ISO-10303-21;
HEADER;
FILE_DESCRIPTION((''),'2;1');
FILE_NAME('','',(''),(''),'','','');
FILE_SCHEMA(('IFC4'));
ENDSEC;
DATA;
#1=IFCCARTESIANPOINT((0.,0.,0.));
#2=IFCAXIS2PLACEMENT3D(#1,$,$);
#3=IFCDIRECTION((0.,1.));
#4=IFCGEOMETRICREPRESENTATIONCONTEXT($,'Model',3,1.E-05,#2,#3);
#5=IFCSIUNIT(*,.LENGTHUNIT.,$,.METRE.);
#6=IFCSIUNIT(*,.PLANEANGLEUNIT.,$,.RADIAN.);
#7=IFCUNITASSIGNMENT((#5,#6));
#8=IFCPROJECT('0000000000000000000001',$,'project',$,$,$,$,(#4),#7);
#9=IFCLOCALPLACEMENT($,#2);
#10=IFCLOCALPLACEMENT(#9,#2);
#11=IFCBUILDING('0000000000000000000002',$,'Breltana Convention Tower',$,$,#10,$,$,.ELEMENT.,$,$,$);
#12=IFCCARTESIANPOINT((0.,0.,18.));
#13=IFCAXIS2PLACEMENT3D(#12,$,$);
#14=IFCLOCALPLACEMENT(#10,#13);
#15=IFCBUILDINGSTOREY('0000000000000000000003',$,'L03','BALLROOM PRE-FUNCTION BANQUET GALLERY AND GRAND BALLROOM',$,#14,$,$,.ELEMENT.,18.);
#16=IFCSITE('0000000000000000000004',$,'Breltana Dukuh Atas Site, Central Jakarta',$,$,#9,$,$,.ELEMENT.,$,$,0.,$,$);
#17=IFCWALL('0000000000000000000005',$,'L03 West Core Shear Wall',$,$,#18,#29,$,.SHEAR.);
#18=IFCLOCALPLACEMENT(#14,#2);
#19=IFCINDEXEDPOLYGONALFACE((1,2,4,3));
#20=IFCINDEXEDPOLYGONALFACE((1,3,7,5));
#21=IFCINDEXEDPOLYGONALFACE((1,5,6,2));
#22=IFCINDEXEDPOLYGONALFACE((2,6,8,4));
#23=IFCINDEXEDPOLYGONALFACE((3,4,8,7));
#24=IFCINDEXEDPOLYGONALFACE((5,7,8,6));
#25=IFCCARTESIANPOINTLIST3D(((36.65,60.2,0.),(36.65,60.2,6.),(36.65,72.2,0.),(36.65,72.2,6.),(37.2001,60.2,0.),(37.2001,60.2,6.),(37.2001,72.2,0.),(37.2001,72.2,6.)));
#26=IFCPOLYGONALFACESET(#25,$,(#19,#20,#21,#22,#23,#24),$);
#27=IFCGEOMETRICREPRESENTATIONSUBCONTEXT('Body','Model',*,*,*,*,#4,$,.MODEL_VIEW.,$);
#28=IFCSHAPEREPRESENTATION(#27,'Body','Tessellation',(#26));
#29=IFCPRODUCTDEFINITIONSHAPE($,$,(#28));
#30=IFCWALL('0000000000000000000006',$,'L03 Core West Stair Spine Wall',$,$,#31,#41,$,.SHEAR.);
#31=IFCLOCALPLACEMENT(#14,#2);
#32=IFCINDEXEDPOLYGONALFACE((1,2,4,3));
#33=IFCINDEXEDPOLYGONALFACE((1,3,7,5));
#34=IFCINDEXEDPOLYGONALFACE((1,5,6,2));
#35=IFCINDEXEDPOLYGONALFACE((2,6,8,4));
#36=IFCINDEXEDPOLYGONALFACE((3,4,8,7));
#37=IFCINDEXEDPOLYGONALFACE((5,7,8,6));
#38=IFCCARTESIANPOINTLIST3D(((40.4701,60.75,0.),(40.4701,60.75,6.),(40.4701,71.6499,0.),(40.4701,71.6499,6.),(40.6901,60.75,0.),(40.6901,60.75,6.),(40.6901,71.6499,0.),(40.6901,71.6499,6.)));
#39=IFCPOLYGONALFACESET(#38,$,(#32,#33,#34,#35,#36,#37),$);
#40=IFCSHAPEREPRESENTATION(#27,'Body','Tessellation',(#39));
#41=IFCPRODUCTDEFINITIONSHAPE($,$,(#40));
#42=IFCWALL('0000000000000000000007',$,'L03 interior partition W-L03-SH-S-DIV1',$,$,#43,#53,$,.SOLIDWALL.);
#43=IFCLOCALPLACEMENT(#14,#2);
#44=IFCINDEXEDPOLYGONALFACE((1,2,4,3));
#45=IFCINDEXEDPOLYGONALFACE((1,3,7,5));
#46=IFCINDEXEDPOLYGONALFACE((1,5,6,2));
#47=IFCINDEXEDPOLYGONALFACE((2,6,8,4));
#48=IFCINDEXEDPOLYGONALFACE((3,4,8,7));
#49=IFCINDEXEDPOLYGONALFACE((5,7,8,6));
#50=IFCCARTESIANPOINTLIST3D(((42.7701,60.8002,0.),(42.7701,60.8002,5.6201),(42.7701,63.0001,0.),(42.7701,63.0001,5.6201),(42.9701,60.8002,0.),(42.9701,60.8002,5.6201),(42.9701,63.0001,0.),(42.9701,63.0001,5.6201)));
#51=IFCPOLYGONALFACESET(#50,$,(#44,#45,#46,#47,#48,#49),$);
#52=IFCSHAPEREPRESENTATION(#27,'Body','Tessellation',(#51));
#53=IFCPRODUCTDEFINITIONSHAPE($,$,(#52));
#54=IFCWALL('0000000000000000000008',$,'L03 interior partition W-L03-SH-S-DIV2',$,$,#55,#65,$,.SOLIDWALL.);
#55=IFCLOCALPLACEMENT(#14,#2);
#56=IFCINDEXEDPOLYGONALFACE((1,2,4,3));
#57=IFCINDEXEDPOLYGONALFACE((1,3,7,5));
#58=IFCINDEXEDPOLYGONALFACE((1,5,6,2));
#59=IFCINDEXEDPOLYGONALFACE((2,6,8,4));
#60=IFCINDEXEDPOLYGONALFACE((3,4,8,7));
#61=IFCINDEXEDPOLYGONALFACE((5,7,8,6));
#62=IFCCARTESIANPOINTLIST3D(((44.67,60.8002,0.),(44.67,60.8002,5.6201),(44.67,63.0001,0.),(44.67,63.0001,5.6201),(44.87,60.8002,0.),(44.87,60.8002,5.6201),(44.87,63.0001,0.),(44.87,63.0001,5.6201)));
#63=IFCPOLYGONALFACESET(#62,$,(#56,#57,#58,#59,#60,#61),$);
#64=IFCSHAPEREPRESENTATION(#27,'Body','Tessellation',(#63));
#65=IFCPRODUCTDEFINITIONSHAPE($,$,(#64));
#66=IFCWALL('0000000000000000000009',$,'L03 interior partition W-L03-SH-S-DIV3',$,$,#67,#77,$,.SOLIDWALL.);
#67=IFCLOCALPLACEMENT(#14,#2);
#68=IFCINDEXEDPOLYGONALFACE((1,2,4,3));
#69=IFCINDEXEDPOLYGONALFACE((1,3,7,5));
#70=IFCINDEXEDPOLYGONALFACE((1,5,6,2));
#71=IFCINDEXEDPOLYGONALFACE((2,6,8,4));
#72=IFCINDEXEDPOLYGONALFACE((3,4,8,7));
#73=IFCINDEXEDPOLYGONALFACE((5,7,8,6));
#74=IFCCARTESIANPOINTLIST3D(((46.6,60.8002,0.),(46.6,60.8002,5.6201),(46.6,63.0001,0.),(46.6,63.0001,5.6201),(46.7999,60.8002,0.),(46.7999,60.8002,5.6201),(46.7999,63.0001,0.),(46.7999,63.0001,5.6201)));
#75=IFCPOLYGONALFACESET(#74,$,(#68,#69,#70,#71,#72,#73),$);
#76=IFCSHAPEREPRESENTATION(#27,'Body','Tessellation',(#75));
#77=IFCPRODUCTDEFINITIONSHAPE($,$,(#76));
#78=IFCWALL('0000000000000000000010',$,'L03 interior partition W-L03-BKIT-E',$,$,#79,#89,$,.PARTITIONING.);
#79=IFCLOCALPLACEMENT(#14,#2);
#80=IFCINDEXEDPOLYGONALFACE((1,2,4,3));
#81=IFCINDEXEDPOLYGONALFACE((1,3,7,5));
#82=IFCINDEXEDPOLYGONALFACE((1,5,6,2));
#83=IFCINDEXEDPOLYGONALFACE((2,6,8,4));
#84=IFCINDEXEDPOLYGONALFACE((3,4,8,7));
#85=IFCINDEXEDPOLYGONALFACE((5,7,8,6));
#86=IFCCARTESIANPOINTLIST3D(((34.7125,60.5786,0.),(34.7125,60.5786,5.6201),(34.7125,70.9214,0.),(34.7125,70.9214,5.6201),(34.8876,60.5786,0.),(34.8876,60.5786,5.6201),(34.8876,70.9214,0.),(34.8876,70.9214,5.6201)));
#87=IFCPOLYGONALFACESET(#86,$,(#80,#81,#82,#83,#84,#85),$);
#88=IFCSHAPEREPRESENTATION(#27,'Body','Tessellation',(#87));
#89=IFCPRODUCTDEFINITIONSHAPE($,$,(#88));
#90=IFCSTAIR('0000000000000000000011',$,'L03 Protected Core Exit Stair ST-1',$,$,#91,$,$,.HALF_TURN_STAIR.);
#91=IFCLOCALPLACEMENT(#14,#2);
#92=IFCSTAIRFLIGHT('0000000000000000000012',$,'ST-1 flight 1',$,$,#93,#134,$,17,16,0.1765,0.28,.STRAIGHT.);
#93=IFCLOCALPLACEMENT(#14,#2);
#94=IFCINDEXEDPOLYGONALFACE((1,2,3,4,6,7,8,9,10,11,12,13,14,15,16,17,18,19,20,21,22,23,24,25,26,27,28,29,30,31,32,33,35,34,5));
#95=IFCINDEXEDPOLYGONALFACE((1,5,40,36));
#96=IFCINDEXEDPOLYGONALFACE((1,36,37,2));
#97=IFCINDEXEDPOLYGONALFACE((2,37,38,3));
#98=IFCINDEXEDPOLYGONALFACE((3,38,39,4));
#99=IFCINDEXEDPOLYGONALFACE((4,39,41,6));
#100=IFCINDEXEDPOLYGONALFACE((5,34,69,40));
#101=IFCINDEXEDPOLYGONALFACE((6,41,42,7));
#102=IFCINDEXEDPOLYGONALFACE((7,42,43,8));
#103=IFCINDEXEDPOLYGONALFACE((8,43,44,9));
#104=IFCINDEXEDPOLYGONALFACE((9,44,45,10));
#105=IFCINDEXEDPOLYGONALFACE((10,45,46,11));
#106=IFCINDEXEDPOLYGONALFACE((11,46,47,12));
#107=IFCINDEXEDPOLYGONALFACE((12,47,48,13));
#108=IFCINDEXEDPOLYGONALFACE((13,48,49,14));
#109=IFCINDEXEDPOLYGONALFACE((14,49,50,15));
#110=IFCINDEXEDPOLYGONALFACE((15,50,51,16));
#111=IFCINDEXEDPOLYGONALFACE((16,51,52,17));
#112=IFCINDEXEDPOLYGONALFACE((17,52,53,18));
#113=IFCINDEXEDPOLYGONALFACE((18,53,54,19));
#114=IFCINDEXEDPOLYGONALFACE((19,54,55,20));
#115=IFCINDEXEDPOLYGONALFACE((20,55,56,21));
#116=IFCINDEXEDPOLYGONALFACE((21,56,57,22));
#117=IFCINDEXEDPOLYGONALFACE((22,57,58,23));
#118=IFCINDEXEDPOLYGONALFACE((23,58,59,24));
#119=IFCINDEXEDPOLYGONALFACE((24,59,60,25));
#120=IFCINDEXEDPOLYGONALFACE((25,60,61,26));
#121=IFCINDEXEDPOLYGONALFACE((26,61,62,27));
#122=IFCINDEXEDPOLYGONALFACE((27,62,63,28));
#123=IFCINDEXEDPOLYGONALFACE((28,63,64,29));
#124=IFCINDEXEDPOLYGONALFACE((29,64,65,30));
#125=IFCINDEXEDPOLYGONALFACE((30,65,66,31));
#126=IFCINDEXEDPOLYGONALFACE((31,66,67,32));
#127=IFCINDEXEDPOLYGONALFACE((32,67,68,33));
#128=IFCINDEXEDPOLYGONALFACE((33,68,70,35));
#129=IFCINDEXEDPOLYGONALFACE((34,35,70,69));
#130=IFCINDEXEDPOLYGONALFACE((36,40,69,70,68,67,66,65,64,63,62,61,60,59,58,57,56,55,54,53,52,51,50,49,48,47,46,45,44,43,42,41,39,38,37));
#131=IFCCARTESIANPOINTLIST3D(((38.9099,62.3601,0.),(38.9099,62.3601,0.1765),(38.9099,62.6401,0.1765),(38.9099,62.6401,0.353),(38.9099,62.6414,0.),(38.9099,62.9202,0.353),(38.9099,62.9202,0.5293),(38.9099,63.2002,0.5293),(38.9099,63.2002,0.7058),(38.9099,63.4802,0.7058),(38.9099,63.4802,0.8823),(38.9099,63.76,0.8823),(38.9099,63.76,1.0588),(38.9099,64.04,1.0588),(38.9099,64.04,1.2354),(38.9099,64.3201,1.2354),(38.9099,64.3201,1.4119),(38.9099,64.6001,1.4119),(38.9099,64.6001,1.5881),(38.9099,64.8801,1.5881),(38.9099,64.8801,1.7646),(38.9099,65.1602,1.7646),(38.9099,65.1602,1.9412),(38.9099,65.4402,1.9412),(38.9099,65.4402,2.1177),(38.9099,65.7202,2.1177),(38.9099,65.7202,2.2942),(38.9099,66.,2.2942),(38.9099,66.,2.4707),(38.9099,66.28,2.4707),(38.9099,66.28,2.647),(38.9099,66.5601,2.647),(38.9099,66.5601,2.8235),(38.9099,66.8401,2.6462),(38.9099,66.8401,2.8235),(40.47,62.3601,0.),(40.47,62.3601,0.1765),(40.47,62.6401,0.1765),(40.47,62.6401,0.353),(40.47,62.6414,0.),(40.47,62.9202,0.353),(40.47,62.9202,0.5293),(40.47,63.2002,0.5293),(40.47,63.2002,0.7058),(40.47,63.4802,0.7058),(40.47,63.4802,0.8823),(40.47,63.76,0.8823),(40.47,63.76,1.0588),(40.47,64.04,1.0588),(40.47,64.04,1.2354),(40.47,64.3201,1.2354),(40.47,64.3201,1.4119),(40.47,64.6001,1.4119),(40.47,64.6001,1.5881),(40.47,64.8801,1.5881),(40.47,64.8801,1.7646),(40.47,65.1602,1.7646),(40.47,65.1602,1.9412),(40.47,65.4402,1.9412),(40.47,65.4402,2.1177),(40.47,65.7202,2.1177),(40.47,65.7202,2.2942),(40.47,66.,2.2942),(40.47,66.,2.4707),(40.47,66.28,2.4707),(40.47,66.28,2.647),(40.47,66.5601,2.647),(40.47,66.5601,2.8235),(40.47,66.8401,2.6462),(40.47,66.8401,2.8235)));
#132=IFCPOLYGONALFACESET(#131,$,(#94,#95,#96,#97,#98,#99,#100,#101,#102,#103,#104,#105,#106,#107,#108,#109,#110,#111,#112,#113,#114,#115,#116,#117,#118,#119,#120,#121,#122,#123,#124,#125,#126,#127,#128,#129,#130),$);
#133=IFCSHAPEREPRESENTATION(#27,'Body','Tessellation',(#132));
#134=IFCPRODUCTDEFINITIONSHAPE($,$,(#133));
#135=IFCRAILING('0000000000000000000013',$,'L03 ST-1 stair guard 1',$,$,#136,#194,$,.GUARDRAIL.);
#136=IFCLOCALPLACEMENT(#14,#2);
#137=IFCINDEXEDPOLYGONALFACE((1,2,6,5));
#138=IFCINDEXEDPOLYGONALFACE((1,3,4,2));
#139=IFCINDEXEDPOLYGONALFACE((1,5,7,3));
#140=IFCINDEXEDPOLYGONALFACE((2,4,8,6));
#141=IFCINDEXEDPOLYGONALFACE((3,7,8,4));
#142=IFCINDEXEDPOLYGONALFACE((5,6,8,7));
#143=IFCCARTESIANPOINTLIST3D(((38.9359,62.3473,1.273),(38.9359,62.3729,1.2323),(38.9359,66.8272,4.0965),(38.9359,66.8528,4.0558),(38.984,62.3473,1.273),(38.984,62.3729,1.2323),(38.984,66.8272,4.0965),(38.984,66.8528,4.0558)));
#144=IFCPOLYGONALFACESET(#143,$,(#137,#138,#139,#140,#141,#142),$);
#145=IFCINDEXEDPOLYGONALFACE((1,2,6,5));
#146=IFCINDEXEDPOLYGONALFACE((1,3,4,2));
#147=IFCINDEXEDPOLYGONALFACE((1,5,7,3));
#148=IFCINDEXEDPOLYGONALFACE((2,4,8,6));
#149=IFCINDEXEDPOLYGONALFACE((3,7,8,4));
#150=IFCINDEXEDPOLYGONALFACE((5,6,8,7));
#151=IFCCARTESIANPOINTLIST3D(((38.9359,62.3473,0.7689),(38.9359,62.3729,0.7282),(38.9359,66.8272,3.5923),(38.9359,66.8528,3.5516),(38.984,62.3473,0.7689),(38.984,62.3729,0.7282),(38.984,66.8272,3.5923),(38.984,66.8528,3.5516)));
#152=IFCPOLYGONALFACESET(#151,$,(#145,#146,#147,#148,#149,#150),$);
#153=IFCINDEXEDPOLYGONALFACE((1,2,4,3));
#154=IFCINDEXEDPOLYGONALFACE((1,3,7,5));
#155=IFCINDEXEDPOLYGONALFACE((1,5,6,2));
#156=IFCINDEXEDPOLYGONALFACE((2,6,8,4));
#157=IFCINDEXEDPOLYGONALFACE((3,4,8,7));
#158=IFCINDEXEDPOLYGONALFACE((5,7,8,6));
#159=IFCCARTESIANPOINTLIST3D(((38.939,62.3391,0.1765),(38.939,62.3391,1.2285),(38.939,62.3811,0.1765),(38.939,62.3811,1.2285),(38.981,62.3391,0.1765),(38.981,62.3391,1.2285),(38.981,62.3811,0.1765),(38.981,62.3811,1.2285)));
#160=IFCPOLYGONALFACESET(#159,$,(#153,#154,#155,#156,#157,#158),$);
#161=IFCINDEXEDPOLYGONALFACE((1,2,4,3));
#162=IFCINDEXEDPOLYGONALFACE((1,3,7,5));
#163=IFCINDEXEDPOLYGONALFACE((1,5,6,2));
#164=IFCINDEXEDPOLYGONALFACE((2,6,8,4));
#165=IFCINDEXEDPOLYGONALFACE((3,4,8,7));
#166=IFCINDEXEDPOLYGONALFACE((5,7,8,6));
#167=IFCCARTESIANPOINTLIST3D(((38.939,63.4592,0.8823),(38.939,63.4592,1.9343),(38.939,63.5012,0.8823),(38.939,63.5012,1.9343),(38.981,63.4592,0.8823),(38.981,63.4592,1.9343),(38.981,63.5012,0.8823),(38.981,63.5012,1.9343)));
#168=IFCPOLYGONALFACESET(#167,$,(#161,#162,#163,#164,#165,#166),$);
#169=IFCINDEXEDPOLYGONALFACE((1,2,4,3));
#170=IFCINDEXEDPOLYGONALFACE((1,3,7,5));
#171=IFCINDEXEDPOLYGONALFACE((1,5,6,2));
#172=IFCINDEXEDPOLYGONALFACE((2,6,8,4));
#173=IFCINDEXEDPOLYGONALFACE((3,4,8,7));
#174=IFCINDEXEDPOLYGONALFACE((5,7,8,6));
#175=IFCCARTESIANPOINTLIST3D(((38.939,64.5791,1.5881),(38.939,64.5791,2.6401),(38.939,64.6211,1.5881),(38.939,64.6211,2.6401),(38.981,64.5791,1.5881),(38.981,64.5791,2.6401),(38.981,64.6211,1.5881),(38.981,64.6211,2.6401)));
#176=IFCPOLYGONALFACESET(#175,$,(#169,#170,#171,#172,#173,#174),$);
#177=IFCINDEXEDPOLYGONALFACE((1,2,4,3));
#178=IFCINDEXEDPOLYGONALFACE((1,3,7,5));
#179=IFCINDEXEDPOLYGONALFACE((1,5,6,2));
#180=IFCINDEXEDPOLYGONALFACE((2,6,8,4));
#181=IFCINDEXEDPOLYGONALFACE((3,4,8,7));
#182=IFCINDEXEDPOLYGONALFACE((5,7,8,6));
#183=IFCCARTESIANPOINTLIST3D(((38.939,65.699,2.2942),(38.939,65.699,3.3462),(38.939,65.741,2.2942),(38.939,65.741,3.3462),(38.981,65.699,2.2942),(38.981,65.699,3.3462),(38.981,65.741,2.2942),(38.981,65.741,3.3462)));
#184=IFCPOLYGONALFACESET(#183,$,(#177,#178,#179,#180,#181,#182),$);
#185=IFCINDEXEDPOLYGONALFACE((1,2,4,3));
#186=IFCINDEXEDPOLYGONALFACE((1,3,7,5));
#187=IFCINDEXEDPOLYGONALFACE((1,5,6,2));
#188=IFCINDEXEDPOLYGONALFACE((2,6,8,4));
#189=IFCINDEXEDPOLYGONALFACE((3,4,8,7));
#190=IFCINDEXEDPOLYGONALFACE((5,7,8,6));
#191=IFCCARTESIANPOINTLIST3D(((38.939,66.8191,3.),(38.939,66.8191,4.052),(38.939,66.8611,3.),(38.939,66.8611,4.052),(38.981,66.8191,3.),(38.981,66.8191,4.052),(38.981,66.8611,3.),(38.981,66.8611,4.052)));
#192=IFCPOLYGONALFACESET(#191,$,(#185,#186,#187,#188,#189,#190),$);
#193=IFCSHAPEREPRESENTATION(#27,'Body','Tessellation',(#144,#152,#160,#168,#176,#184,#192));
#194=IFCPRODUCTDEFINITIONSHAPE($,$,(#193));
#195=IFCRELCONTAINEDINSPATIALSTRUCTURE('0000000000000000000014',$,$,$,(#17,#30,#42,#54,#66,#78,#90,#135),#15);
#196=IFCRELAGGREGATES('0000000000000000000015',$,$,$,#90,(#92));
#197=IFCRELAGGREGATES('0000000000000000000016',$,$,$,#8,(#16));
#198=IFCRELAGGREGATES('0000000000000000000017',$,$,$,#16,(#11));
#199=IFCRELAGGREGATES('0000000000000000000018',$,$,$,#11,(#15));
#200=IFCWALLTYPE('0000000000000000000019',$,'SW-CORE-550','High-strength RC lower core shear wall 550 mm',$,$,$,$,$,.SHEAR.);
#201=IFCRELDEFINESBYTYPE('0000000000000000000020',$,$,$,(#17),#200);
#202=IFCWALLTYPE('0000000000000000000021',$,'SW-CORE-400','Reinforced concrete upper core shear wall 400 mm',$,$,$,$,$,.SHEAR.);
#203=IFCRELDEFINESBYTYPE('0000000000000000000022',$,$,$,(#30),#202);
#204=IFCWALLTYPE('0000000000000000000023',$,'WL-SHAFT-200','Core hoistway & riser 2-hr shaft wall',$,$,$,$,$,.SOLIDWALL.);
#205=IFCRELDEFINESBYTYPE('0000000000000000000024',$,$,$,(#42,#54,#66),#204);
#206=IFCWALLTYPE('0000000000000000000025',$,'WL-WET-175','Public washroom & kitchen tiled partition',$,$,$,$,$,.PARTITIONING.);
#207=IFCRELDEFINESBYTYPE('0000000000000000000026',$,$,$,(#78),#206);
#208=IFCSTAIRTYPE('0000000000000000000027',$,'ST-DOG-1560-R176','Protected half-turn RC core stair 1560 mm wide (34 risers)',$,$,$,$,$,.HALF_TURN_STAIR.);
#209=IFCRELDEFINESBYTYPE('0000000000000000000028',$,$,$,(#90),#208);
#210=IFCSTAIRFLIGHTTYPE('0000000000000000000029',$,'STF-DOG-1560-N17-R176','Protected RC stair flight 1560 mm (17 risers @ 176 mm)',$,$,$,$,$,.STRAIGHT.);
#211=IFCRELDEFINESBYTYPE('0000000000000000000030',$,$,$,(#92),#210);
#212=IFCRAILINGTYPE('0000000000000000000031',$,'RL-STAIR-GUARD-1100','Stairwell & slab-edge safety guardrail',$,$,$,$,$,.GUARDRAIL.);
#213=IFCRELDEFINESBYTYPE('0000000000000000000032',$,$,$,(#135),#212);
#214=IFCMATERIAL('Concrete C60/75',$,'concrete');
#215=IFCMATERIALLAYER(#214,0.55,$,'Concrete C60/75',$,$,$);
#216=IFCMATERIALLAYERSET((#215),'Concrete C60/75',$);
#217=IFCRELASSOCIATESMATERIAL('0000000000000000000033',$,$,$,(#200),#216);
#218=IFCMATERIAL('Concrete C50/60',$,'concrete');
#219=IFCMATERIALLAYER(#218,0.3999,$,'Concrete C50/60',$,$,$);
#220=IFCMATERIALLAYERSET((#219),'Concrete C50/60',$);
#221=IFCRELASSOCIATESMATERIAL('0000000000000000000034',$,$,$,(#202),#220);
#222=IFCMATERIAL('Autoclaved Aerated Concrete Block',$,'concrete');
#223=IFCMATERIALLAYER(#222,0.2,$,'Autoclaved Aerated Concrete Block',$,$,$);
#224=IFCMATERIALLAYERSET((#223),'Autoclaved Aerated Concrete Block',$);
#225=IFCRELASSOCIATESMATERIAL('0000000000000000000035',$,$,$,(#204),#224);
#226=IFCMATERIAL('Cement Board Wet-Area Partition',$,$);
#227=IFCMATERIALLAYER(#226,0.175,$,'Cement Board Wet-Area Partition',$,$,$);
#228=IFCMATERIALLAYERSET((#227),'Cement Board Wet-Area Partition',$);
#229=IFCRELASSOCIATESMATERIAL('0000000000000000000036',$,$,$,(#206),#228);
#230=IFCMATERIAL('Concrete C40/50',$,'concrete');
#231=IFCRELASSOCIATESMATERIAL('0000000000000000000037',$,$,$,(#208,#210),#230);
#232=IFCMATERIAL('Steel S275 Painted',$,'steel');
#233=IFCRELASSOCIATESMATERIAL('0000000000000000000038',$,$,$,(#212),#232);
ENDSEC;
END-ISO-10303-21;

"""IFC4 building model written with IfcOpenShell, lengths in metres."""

from ifc_helpers import new_model, si_unit, direction, frame, frame_2d, origin, origin_2d, place, context, subcontext, project, spatial, polyline, rectangle, outline, extrude, source, transform, mapped, material, layer, layer_set, type_object, element, aggregate, save


model = new_model("IFC4")

# Units and contexts
model_context = context("Model", 3, precision=1e-05, world=origin(), true_north=direction((0.0, 1.0)))
body_context = subcontext(model_context, "Body", "Model", "MODEL_VIEW")
ifc_project = project(units=[si_unit("LENGTHUNIT", "METRE"), si_unit("PLANEANGLEUNIT", "RADIAN")], contexts=[model_context])

# Site, building, storey
site_placement = place(None, origin())
site = spatial("IfcSite", under=ifc_project, at=site_placement, Name="Breltana Dukuh Atas Site, Central Jakarta", CompositionType="ELEMENT", RefElevation=0.0)
building_placement = place(site_placement, origin())
building = spatial("IfcBuilding", under=site, at=building_placement, Name="Breltana Convention Tower", CompositionType="ELEMENT")
storey_placement = place(building_placement, frame((0.0, 0.0, 18.0)))
storey = spatial("IfcBuildingStorey", under=building, at=storey_placement, Name="L03", Description="BALLROOM PRE-FUNCTION BANQUET GALLERY AND GRAND BALLROOM", CompositionType="ELEMENT", Elevation=18.0)

# Wall
ifc_material_1 = material(Name="Concrete C60/75", Category="concrete")
ifc_layer_1 = layer(ifc_material_1, 0.55, Name="Concrete C60/75")
ifc_layer_set_1 = layer_set([ifc_layer_1], Name="Concrete C60/75")
wall_type_1 = type_object("IfcWallType", Name="SW-CORE-550", Description="High-strength RC lower core shear wall 550 mm", PredefinedType="SHEAR", material=ifc_layer_set_1)
shared_shape_1 = source(origin(), body_context, "Body", "SweptSolid", [
    extrude(rectangle(XDim=12.0, YDim=0.55, at=frame_2d((6.0, 0.0))), origin(), (0.0, 0.0, 1.0), 6.0),
])
wall_1_placement = place(storey_placement, frame((36.925, 60.2, 0.0), z_axis=(0.0, 0.0, 1.0), x_axis=(0.0, 1.0, 0.0)))
element("IfcWall", 1, at=wall_1_placement, inside=storey, type_object=wall_type_1, Name="L03 West Core Shear Wall", PredefinedType="SHEAR", context=body_context, shape_type="MappedRepresentation", body=[
    mapped(shared_shape_1, transform((0.0, 0.0, 0.0), scale=1.0)),
])

# Wall
ifc_material_2 = material(Name="Concrete C50/60", Category="concrete")
ifc_layer_2 = layer(ifc_material_2, 0.3999, Name="Concrete C50/60")
ifc_layer_set_2 = layer_set([ifc_layer_2], Name="Concrete C50/60")
wall_type_2 = type_object("IfcWallType", Name="SW-CORE-400", Description="Reinforced concrete upper core shear wall 400 mm", PredefinedType="SHEAR", material=ifc_layer_set_2)
shared_shape_2 = source(origin(), body_context, "Body", "SweptSolid", [
    extrude(rectangle(XDim=10.8999, YDim=0.22, at=frame_2d((5.45, 0.0))), origin(), (0.0, 0.0, 1.0), 6.0),
])
wall_2_placement = place(storey_placement, frame((40.5801, 60.75, 0.0), z_axis=(0.0, 0.0, 1.0), x_axis=(0.0, 1.0, 0.0)))
element("IfcWall", 2, at=wall_2_placement, inside=storey, type_object=wall_type_2, Name="L03 Core West Stair Spine Wall", PredefinedType="SHEAR", context=body_context, shape_type="MappedRepresentation", body=[
    mapped(shared_shape_2, transform((0.0, 0.0, 0.0), scale=1.0)),
])

# Shared definitions
ifc_material_3 = material(Name="Autoclaved Aerated Concrete Block", Category="concrete")
ifc_layer_3 = layer(ifc_material_3, 0.2, Name="Autoclaved Aerated Concrete Block")
ifc_layer_set_3 = layer_set([ifc_layer_3], Name="Autoclaved Aerated Concrete Block")
wall_type_3 = type_object("IfcWallType", Name="WL-SHAFT-200", Description="Core hoistway & riser 2-hr shaft wall", PredefinedType="SOLIDWALL", material=ifc_layer_set_3)

# Walls
shared_shape_3 = source(origin(), body_context, "Body", "SweptSolid", [
    extrude(rectangle(XDim=2.2, YDim=0.2, at=frame_2d((1.1001, 0.0))), origin(), (0.0, 0.0, 1.0), 5.6201),
])
for number, where, z_axis, x_axis, name in (
    (3, (42.8701, 60.8, 0.0), (0.0, 0.0, 1.0), (0.0, 1.0, 0.0), "L03 interior partition W-L03-SH-S-DIV1"),
    (4, (44.77, 60.8, 0.0), (0.0, 0.0, 1.0), (0.0, 1.0, 0.0), "L03 interior partition W-L03-SH-S-DIV2"),
    (5, (46.7, 60.8, 0.0), (0.0, 0.0, 1.0), (0.0, 1.0, 0.0), "L03 interior partition W-L03-SH-S-DIV3"),
):
    element("IfcWall", number, at=place(storey_placement, frame(where, z_axis=z_axis, x_axis=x_axis)), inside=storey, type_object=wall_type_3, Name=name, PredefinedType="SOLIDWALL", context=body_context, shape_type="MappedRepresentation", body=[
        mapped(shared_shape_3, transform((0.0, 0.0, 0.0), scale=1.0)),
    ])
ifc_material_4 = material(Name="Cement Board Wet-Area Partition")
ifc_layer_4 = layer(ifc_material_4, 0.175, Name="Cement Board Wet-Area Partition")
ifc_layer_set_4 = layer_set([ifc_layer_4], Name="Cement Board Wet-Area Partition")
wall_type_4 = type_object("IfcWallType", Name="WL-WET-175", Description="Public washroom & kitchen tiled partition", PredefinedType="PARTITIONING", material=ifc_layer_set_4)
shared_shape_4 = source(origin(), body_context, "Body", "SweptSolid", [
    extrude(rectangle(XDim=10.3428, YDim=0.175, at=frame_2d((5.1714, 0.0))), origin(), (0.0, 0.0, 1.0), 5.6201),
])
wall_3_placement = place(storey_placement, frame((34.8, 60.5786, 0.0), z_axis=(0.0, 0.0, 1.0), x_axis=(0.0, 1.0, 0.0)))
element("IfcWall", 6, at=wall_3_placement, inside=storey, type_object=wall_type_4, Name="L03 interior partition W-L03-BKIT-E", PredefinedType="PARTITIONING", context=body_context, shape_type="MappedRepresentation", body=[
    mapped(shared_shape_4, transform((0.0, 0.0, 0.0), scale=1.0)),
])

# Stair, stair flight
ifc_material_5 = material(Name="Concrete C40/50", Category="concrete")
stair_type = type_object("IfcStairType", Name="ST-DOG-1560-R176", Description="Protected half-turn RC core stair 1560 mm wide (34 risers)", PredefinedType="HALF_TURN_STAIR", material=ifc_material_5)
stair_placement = place(storey_placement, origin())
stair = element("IfcStair", 7, at=stair_placement, inside=storey, type_object=stair_type, Name="L03 Protected Core Exit Stair ST-1", PredefinedType="HALF_TURN_STAIR")
stair_flight_type = type_object("IfcStairFlightType", Name="STF-DOG-1560-N17-R176", Description="Protected RC stair flight 1560 mm (17 risers @ 176 mm)", PredefinedType="STRAIGHT", material=ifc_material_5)
stair_flight_placement = place(storey_placement, frame((39.6899, 62.3601, 0.0), z_axis=(0.0, 0.0, 1.0), x_axis=(0.0, 1.0, 0.0)))
stair_flight = element("IfcStairFlight", 8, at=stair_flight_placement, type_object=stair_flight_type, Name="ST-1 flight 1", NumberOfRisers=17, NumberOfTreads=16, PredefinedType="STRAIGHT", RiserHeight=0.1765, TreadLength=0.28, context=body_context, shape_type="SweptSolid", body=[
    extrude(outline(polyline([(0.0, 0.0), (0.0, 0.1765), (0.28, 0.1765), (0.28, 0.353), (0.5601, 0.353), (0.5601, 0.5293), (0.8401, 0.5293), (0.8401, 0.7058), (1.1201, 0.7058), (1.1201, 0.8823), (1.3999, 0.8823), (1.3999, 1.0588), (1.6799, 1.0588), (1.6799, 1.2354), (1.96, 1.2354), (1.96, 1.4119), (2.24, 1.4119), (2.24, 1.5881), (2.52, 1.5881), (2.52, 1.7646), (2.8, 1.7646), (2.8, 1.9412), (3.0801, 1.9412), (3.0801, 2.1177), (3.3601, 2.1177), (3.3601, 2.2942), (3.6399, 2.2942), (3.6399, 2.4707), (3.9199, 2.4707), (3.9199, 2.647), (4.2, 2.647), (4.2, 2.8235), (4.48, 2.8235), (4.48, 3.0), (4.48, 2.6462), (0.2812, 0.0), (0.0, 0.0)])), frame((0.0, 0.78, 0.0), z_axis=(0.0, -1.0, 0.0), x_axis=(1.0, 0.0, 0.0)), (0.0, 0.0, 1.0), 1.5601),
])
aggregate(stair, [stair_flight])

# Railing
ifc_material_6 = material(Name="Steel S275 Painted", Category="steel")
railing_type_1 = type_object("IfcRailingType", Name="RL-STAIR-GUARD-1100", Description="Stairwell & slab-edge safety guardrail", PredefinedType="GUARDRAIL", material=ifc_material_6)
railing_1_placement = place(storey_placement, frame((38.96, 62.3601, 0.1765)))
element("IfcRailing", 9, at=railing_1_placement, inside=storey, type_object=railing_type_1, Name="L03 ST-1 stair guard 1", PredefinedType="GUARDRAIL", context=body_context, shape_type="SweptSolid", body=[
    extrude(rectangle(XDim=0.0481, YDim=0.0481, at=origin_2d()), frame((0.0, 0.0, 1.0762), z_axis=(0.0, 0.845998, 0.533186), x_axis=(-1.0, 0.0, 0.0)), (0.0, 0.0, 1.0), 5.2954),
    extrude(rectangle(XDim=0.0481, YDim=0.0481, at=origin_2d()), frame((0.0, 0.0, 0.572), z_axis=(0.0, 0.845998, 0.533186), x_axis=(-1.0, 0.0, 0.0)), (0.0, 0.0, 1.0), 5.2954),
    extrude(rectangle(XDim=0.042, YDim=0.042, at=origin_2d()), origin(), (0.0, 0.0, 1.0), 1.052),
    extrude(rectangle(XDim=0.042, YDim=0.042, at=origin_2d()), frame((0.0, 1.1201, 0.7058)), (0.0, 0.0, 1.0), 1.052),
    extrude(rectangle(XDim=0.042, YDim=0.042, at=origin_2d()), frame((0.0, 2.24, 1.4116)), (0.0, 0.0, 1.0), 1.052),
    extrude(rectangle(XDim=0.042, YDim=0.042, at=origin_2d()), frame((0.0, 3.3599, 2.1177)), (0.0, 0.0, 1.0), 1.052),
    extrude(rectangle(XDim=0.042, YDim=0.042, at=origin_2d()), frame((0.0, 4.48, 2.8235)), (0.0, 0.0, 1.0), 1.052),
])

save(model, "model.ifc")
